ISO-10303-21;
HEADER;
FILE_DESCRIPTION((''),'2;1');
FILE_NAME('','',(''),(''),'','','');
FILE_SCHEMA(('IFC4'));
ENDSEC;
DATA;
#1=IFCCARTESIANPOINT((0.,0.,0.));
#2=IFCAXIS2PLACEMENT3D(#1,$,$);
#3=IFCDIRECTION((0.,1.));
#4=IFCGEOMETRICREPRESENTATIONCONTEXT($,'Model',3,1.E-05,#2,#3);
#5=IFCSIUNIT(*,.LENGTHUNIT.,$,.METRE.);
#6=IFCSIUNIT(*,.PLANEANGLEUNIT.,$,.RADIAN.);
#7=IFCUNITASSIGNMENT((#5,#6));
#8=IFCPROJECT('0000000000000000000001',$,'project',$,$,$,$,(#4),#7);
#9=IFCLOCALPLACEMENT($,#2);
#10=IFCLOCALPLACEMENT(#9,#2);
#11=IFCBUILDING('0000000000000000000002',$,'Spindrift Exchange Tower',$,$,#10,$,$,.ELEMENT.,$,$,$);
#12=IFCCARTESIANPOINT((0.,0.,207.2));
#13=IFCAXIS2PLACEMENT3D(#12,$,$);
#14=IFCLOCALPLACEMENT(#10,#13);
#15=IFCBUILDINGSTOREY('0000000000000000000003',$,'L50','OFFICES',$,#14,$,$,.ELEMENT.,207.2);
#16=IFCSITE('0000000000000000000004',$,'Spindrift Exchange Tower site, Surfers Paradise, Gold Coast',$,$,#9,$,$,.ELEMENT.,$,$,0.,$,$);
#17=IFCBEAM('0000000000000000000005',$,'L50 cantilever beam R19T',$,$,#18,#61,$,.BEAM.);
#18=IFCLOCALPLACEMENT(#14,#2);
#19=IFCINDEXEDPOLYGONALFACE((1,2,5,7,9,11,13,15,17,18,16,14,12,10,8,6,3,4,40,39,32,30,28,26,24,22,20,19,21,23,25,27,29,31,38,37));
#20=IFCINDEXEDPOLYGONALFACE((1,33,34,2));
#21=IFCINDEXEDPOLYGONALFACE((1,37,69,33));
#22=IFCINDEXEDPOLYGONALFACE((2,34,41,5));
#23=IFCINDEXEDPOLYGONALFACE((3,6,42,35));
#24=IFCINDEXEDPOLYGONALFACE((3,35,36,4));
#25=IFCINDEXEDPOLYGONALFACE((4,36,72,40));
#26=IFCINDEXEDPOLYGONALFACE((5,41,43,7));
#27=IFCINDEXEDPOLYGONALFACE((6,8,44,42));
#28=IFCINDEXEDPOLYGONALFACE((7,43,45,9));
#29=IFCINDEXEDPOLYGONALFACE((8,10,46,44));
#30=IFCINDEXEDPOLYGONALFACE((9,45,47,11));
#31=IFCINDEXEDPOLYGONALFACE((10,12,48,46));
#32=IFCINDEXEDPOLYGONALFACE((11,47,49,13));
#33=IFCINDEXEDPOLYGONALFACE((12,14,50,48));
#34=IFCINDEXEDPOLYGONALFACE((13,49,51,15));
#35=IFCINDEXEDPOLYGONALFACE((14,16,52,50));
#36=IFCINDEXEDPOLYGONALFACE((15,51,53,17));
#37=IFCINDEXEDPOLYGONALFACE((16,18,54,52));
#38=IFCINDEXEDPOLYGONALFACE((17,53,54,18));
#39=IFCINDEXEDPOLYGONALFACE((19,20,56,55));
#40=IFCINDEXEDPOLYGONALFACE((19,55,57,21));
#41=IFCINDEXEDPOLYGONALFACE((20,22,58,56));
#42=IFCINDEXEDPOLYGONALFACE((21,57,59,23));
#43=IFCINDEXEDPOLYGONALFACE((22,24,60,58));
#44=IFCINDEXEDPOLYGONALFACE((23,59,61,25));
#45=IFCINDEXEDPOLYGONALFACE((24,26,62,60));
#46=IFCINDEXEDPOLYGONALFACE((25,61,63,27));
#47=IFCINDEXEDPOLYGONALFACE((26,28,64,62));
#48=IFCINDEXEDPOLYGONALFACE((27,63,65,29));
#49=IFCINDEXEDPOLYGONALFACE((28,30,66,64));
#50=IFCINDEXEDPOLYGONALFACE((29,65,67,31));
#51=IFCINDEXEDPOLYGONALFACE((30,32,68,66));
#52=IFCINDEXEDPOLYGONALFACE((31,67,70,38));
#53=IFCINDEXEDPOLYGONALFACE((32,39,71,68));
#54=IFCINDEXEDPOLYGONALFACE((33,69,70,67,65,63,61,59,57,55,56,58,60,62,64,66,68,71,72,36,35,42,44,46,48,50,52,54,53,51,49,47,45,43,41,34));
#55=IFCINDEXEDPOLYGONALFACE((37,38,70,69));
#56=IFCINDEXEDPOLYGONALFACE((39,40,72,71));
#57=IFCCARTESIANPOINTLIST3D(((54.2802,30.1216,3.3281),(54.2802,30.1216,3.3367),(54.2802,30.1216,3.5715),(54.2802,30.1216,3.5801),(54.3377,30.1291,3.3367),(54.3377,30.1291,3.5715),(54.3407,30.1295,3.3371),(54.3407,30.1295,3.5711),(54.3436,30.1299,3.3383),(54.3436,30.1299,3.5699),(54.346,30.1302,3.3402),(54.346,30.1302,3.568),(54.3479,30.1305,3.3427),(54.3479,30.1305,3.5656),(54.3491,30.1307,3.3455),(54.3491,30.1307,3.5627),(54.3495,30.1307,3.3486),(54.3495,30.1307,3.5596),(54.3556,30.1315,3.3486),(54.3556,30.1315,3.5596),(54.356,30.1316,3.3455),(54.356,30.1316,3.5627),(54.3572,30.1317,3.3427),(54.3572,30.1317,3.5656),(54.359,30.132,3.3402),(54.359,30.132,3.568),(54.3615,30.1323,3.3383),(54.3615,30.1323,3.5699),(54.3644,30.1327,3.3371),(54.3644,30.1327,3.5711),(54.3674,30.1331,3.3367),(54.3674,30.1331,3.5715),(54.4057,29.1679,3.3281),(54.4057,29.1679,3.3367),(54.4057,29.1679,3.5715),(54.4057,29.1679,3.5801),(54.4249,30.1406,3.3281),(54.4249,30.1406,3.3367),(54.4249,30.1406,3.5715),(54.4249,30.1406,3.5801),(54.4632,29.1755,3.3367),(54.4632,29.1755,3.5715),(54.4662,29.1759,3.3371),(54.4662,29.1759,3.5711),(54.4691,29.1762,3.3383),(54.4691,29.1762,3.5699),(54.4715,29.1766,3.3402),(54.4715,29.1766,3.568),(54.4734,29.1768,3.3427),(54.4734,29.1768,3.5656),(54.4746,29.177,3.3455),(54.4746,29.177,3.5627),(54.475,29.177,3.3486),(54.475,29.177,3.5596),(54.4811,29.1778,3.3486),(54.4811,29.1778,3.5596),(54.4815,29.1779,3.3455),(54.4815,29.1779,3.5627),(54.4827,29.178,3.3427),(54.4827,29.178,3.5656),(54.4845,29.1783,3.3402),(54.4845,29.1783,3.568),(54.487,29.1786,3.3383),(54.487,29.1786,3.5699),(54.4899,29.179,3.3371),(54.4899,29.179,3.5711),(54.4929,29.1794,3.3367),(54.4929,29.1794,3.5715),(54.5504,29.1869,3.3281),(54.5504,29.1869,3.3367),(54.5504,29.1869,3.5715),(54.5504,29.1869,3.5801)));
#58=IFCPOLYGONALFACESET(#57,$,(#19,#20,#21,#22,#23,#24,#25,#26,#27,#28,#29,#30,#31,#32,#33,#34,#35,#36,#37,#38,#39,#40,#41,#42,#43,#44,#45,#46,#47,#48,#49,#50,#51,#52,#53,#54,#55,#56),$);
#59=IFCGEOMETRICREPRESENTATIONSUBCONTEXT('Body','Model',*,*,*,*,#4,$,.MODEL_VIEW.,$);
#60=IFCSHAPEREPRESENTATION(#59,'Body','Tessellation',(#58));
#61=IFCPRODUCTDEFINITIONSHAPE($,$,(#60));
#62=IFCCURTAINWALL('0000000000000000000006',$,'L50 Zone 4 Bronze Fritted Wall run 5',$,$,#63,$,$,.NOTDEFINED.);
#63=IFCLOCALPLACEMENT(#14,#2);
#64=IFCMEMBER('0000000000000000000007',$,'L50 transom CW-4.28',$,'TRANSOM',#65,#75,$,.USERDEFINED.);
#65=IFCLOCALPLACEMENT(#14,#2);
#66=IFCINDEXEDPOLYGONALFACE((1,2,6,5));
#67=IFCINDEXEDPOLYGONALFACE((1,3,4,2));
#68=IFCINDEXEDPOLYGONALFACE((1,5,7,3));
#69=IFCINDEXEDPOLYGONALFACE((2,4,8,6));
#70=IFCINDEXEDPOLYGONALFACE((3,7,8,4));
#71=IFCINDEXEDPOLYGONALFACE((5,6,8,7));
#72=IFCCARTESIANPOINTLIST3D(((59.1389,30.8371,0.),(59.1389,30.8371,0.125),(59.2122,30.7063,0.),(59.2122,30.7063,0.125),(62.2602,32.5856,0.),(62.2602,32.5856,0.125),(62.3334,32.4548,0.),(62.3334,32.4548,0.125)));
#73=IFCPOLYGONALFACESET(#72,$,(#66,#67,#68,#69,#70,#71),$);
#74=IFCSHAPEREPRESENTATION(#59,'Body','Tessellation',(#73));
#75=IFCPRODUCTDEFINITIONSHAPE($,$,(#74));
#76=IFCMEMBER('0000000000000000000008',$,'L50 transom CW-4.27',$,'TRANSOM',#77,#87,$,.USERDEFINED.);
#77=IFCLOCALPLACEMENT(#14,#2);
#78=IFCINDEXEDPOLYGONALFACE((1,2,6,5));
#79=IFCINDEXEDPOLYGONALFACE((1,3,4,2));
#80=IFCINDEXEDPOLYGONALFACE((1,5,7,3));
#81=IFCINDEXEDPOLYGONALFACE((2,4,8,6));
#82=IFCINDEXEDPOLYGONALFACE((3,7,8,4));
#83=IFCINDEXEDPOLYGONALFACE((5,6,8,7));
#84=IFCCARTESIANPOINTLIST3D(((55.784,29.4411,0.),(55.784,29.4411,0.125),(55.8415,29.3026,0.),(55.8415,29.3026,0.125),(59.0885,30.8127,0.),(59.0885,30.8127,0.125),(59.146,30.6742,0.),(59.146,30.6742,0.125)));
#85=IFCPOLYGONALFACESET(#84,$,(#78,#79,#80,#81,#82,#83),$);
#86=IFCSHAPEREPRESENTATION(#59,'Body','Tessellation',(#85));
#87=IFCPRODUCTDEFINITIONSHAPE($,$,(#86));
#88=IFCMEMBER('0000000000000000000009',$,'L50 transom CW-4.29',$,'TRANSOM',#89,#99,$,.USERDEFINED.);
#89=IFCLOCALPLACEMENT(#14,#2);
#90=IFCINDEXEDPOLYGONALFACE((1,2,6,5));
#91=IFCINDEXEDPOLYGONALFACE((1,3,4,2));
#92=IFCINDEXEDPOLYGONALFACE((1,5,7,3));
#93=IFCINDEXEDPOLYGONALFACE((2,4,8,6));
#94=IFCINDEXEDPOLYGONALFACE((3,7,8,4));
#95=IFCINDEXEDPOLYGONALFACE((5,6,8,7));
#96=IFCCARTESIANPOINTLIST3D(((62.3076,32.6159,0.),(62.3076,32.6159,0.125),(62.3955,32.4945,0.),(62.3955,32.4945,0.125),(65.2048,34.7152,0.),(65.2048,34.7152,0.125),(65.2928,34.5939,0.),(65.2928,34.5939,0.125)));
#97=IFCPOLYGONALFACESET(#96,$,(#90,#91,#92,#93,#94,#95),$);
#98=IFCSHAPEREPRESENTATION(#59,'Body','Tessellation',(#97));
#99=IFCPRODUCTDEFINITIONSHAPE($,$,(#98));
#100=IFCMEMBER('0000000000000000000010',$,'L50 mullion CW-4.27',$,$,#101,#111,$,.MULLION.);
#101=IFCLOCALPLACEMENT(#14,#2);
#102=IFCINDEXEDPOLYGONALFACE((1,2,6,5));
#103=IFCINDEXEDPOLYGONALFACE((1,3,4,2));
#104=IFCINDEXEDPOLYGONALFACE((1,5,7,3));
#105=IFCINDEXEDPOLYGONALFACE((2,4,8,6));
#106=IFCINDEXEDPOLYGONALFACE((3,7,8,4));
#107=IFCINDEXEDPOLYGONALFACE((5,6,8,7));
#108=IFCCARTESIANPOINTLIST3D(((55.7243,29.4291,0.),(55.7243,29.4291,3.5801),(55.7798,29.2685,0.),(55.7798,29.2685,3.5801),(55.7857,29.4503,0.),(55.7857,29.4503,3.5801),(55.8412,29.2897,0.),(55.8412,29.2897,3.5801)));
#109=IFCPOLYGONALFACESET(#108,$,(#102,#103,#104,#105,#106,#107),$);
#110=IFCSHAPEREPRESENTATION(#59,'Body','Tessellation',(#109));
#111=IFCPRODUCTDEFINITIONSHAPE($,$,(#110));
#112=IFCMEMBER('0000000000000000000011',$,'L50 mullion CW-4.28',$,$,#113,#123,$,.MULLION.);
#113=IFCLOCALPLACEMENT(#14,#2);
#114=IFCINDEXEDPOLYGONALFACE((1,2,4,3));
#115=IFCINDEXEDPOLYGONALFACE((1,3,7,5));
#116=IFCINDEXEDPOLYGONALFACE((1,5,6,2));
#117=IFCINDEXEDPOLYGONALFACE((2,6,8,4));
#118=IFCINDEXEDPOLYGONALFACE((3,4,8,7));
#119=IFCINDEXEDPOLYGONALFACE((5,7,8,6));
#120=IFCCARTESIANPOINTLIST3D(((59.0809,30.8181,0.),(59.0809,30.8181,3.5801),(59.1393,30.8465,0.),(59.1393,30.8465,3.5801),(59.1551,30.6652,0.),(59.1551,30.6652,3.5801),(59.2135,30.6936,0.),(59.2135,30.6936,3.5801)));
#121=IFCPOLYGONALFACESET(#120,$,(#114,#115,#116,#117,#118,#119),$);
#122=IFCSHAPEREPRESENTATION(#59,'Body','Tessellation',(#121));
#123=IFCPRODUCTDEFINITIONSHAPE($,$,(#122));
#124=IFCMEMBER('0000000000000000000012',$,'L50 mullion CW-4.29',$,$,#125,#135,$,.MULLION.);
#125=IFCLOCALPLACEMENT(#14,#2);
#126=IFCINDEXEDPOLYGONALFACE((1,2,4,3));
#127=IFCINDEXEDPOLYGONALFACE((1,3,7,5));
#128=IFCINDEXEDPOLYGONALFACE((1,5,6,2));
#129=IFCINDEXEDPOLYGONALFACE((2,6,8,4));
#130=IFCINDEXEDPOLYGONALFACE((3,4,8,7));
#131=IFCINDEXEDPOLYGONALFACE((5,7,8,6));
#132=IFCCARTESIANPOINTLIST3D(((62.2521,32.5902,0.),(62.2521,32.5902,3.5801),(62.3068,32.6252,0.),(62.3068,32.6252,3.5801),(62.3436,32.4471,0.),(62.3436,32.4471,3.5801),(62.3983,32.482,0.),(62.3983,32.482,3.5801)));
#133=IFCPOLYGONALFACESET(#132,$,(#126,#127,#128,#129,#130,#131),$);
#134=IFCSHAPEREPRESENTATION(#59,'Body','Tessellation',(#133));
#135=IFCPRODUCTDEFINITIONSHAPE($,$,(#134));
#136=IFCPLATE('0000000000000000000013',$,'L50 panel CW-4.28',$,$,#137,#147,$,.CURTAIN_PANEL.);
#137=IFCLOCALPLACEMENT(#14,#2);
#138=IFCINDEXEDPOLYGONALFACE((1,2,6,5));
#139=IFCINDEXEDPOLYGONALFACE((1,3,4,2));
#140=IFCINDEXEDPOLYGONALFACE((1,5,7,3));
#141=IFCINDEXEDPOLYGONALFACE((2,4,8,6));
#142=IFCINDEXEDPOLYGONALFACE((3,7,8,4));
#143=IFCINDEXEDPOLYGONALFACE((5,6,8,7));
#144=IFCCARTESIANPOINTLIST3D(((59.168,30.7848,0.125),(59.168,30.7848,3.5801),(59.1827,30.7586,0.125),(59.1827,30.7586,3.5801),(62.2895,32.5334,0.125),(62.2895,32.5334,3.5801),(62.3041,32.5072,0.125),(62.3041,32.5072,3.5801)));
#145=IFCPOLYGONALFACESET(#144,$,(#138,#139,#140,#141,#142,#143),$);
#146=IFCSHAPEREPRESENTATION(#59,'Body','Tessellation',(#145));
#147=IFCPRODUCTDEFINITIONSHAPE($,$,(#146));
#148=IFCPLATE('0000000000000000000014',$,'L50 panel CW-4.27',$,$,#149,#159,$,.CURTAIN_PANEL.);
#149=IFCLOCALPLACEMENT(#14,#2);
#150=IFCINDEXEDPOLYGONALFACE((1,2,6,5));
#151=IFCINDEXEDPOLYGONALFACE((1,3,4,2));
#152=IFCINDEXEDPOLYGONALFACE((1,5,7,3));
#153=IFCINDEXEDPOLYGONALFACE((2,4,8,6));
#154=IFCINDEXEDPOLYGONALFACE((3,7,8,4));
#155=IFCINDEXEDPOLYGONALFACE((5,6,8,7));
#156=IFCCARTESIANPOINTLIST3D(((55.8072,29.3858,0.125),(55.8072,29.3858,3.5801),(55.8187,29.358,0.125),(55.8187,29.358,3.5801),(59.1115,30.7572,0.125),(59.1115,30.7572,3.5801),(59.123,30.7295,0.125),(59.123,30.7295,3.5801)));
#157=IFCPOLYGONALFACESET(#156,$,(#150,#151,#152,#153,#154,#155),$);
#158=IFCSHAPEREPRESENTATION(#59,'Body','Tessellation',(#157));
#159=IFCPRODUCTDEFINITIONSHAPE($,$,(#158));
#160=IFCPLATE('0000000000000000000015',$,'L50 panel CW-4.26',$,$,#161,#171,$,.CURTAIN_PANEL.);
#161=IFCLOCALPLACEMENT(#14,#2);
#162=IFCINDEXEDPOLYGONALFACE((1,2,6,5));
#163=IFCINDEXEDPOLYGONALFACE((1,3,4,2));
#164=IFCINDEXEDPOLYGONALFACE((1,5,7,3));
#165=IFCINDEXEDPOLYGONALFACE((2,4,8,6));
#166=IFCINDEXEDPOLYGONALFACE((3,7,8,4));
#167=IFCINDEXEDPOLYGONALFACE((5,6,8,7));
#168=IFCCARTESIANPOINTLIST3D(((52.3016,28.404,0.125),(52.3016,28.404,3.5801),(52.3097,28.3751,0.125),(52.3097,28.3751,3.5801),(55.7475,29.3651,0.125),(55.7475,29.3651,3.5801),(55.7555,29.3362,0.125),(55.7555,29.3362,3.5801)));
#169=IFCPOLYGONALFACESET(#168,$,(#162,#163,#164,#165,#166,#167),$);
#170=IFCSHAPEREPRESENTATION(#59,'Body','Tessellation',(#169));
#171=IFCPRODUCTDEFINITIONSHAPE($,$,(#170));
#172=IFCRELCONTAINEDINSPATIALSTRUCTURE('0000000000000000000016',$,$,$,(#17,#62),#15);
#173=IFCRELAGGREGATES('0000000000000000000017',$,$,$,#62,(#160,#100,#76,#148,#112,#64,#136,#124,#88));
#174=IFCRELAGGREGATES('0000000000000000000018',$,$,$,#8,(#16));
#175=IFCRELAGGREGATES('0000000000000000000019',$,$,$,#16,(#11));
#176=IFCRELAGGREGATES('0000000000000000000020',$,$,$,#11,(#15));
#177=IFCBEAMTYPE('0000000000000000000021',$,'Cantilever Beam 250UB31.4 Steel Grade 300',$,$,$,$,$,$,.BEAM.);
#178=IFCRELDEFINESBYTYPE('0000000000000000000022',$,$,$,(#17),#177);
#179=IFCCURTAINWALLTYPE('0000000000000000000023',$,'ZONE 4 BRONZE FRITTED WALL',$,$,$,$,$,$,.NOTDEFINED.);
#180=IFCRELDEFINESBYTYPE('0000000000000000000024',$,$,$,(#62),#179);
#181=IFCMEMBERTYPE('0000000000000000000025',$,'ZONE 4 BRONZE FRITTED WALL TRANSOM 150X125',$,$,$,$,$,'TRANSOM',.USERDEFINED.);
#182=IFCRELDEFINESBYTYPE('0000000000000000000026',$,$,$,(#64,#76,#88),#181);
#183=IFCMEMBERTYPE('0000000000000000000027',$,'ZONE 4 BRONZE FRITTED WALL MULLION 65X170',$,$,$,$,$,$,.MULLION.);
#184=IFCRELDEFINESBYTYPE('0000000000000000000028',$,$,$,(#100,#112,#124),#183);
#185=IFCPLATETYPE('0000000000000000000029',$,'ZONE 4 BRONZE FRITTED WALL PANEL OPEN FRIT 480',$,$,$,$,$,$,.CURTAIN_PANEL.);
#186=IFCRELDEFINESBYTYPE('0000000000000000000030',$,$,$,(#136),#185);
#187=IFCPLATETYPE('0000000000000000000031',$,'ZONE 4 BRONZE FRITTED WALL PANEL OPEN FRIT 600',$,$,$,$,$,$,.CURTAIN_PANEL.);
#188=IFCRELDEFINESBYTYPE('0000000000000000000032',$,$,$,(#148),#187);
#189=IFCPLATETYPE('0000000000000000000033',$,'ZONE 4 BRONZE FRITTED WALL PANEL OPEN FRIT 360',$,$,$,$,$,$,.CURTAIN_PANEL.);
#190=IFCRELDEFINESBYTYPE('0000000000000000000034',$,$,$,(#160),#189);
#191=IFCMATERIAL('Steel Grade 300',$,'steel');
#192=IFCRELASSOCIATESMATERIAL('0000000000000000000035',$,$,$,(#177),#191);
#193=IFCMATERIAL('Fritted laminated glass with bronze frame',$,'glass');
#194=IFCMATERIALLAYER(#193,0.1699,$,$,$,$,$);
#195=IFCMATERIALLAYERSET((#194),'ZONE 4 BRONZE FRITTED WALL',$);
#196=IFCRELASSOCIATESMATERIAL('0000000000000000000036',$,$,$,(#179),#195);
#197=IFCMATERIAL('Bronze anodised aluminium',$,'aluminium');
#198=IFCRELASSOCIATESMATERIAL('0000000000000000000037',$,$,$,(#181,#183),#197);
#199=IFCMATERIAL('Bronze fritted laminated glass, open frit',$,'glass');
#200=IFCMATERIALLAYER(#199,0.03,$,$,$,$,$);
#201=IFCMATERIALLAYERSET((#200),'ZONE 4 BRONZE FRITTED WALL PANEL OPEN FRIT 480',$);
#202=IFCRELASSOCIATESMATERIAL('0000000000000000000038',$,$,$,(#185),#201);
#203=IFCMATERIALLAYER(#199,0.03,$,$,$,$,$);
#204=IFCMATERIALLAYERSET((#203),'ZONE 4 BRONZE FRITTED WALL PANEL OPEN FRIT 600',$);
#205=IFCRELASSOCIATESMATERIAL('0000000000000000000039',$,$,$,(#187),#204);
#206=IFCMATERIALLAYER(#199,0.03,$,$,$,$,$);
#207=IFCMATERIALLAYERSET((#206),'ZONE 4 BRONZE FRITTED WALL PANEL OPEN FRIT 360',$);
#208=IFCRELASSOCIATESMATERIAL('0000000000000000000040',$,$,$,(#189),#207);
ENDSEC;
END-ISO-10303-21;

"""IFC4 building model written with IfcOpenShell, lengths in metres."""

from ifc_helpers import new_model, si_unit, direction, frame, origin, origin_2d, place, context, subcontext, project, spatial, rectangle, i_section, extrude, source, transform, mapped, material, layer, layer_set, material_profile, profile_set, type_object, element, aggregate, save


model = new_model("IFC4")

# Units and contexts
model_context = context("Model", 3, precision=1e-05, world=origin(), true_north=direction((0.0, 1.0)))
body_context = subcontext(model_context, "Body", "Model", "MODEL_VIEW")
ifc_project = project(units=[si_unit("LENGTHUNIT", "METRE"), si_unit("PLANEANGLEUNIT", "RADIAN")], contexts=[model_context])

# Site, building, storey
site_placement = place(None, origin())
site = spatial("IfcSite", under=ifc_project, at=site_placement, Name="Spindrift Exchange Tower site, Surfers Paradise, Gold Coast", CompositionType="ELEMENT", RefElevation=0.0)
building_placement = place(site_placement, origin())
building = spatial("IfcBuilding", under=site, at=building_placement, Name="Spindrift Exchange Tower", CompositionType="ELEMENT")
storey_placement = place(building_placement, frame((0.0, 0.0, 207.2)))
storey = spatial("IfcBuildingStorey", under=building, at=storey_placement, Name="L50", Description="OFFICES", CompositionType="ELEMENT", Elevation=207.2)

# Beam
ifc_material_1 = material(Name="Steel Grade 300", Category="steel")
ifc_material_profile_1 = material_profile(ifc_material_1, i_section(OverallWidth=0.146, OverallDepth=0.252, WebThickness=0.0061, FlangeThickness=0.0085, FilletRadius=0.012, at=origin_2d()), Name="250UB31.4")
ifc_profile_set_1 = profile_set([ifc_material_profile_1], Name="Steel Grade 300")
beam_type_1 = type_object("IfcBeamType", Name="Cantilever Beam 250UB31.4 Steel Grade 300", PredefinedType="BEAM", material=ifc_profile_set_1)
shared_shape_1 = source(origin(), body_context, "Body", "SweptSolid", [
    extrude(i_section(OverallWidth=0.146, OverallDepth=0.252, WebThickness=0.0061, FlangeThickness=0.0085, FilletRadius=0.012, at=origin_2d()), origin(), (0.0, 0.0, 1.0), 0.9619),
])
beam_1_placement = place(storey_placement, frame((54.3525, 30.1311, 3.4541), z_axis=(0.130468, -0.991453, 0.0), x_axis=(0.991453, 0.130468, 0.0)))
element("IfcBeam", 1, at=beam_1_placement, inside=storey, type_object=beam_type_1, Name="L50 cantilever beam R19T", PredefinedType="BEAM", context=body_context, shape_type="MappedRepresentation", body=[
    mapped(shared_shape_1, transform((0.0, 0.0, 0.0), scale=1.0)),
])

# Curtain wall, members, plates
ifc_material_2 = material(Name="Fritted laminated glass with bronze frame", Category="glass")
ifc_layer_1 = layer(ifc_material_2, 0.1699)
ifc_layer_set_1 = layer_set([ifc_layer_1], Name="ZONE 4 BRONZE FRITTED WALL")
curtain_wall_type = type_object("IfcCurtainWallType", Name="ZONE 4 BRONZE FRITTED WALL", PredefinedType="NOTDEFINED", material=ifc_layer_set_1)
curtain_wall_placement = place(storey_placement, origin())
curtain_wall = element("IfcCurtainWall", 2, at=curtain_wall_placement, inside=storey, type_object=curtain_wall_type, Name="L50 Zone 4 Bronze Fritted Wall run 5", PredefinedType="NOTDEFINED")
ifc_material_3 = material(Name="Bronze anodised aluminium", Category="aluminium")
ifc_material_profile_2 = material_profile(ifc_material_3, rectangle(XDim=0.1499, YDim=0.125, at=origin_2d()), Name="ZONE 4 BRONZE FRITTED WALL TRANSOM 150X125")
ifc_profile_set_2 = profile_set([ifc_material_profile_2], Name="Bronze anodised aluminium")
member_type_1 = type_object("IfcMemberType", Name="ZONE 4 BRONZE FRITTED WALL TRANSOM 150X125", ElementType="TRANSOM", PredefinedType="USERDEFINED", material=ifc_profile_set_2)
shared_shape_2 = source(origin(), body_context, "Body", "SweptSolid", [
    extrude(rectangle(XDim=0.1499, YDim=0.125, at=origin_2d()), origin(), (0.0, 0.0, 1.0), 3.5776),
])
member_1_placement = place(storey_placement, frame((59.1755, 30.7717, 0.0625), z_axis=(0.872436, 0.488728, 0.0), x_axis=(-0.488728, 0.872436, 0.0)))
member_1 = element("IfcMember", 3, at=member_1_placement, type_object=member_type_1, Name="L50 transom CW-4.28", ObjectType="TRANSOM", PredefinedType="USERDEFINED", context=body_context, shape_type="MappedRepresentation", body=[
    mapped(shared_shape_2, transform((0.0, 0.0, 0.0), scale=1.0)),
])
shared_shape_3 = source(origin(), body_context, "Body", "SweptSolid", [
    extrude(rectangle(XDim=0.1499, YDim=0.125, at=origin_2d()), origin(), (0.0, 0.0, 1.0), 3.5779),
])
member_2_placement = place(storey_placement, frame((55.8127, 29.3718, 0.0625), z_axis=(0.923599, 0.38336, 0.0), x_axis=(-0.38336, 0.923599, 0.0)))
member_2 = element("IfcMember", 4, at=member_2_placement, type_object=member_type_1, Name="L50 transom CW-4.27", ObjectType="TRANSOM", PredefinedType="USERDEFINED", context=body_context, shape_type="MappedRepresentation", body=[
    mapped(shared_shape_3, transform((0.0, 0.0, 0.0), scale=1.0)),
])
member_3_placement = place(storey_placement, frame((62.3516, 32.5552, 0.0625), z_axis=(0.809759, 0.586763, 0.0), x_axis=(-0.586763, 0.809759, 0.0)))
member_3 = element("IfcMember", 5, at=member_3_placement, type_object=member_type_1, Name="L50 transom CW-4.29", ObjectType="TRANSOM", PredefinedType="USERDEFINED", context=body_context, shape_type="MappedRepresentation", body=[
    mapped(shared_shape_3, transform((0.0, 0.0, 0.0), scale=1.0)),
])
ifc_material_profile_3 = material_profile(ifc_material_3, rectangle(XDim=0.0649, YDim=0.1699, at=origin_2d()), Name="ZONE 4 BRONZE FRITTED WALL MULLION 65X170")
ifc_profile_set_3 = profile_set([ifc_material_profile_3], Name="Bronze anodised aluminium")
member_type_2 = type_object("IfcMemberType", Name="ZONE 4 BRONZE FRITTED WALL MULLION 65X170", PredefinedType="MULLION", material=ifc_profile_set_3)
shared_shape_4 = source(origin(), body_context, "Body", "SweptSolid", [
    extrude(rectangle(XDim=0.0649, YDim=0.1699, at=origin_2d()), origin(), (0.0, 0.0, 1.0), 3.5801),
])
member_4_placement = place(storey_placement, frame((55.7827, 29.3594, 0.0), z_axis=(0.0, 0.0, 1.0), x_axis=(0.945161, 0.326604, 0.0)))
member_4 = element("IfcMember", 6, at=member_4_placement, type_object=member_type_2, Name="L50 mullion CW-4.27", PredefinedType="MULLION", context=body_context, shape_type="MappedRepresentation", body=[
    mapped(shared_shape_4, transform((0.0, 0.0, 0.0), scale=1.0)),
])
member_5_placement = place(storey_placement, frame((59.1472, 30.7559, 0.0), z_axis=(0.0, 0.0, 1.0), x_axis=(0.899562, 0.436793, 0.0)))
member_5 = element("IfcMember", 7, at=member_5_placement, type_object=member_type_2, Name="L50 mullion CW-4.28", PredefinedType="MULLION", context=body_context, shape_type="MappedRepresentation", body=[
    mapped(shared_shape_4, transform((0.0, 0.0, 0.0), scale=1.0)),
])
member_6_placement = place(storey_placement, frame((62.3252, 32.5361, 0.0), z_axis=(0.0, 0.0, 1.0), x_axis=(0.842518, 0.538668, 0.0)))
member_6 = element("IfcMember", 8, at=member_6_placement, type_object=member_type_2, Name="L50 mullion CW-4.29", PredefinedType="MULLION", context=body_context, shape_type="MappedRepresentation", body=[
    mapped(shared_shape_4, transform((0.0, 0.0, 0.0), scale=1.0)),
])
ifc_material_4 = material(Name="Bronze fritted laminated glass, open frit", Category="glass")
ifc_layer_2 = layer(ifc_material_4, 0.03)
ifc_layer_set_2 = layer_set([ifc_layer_2], Name="ZONE 4 BRONZE FRITTED WALL PANEL OPEN FRIT 480")
plate_type_1 = type_object("IfcPlateType", Name="ZONE 4 BRONZE FRITTED WALL PANEL OPEN FRIT 480", PredefinedType="CURTAIN_PANEL", material=ifc_layer_set_2)
shared_shape_5 = source(origin(), body_context, "Body", "SweptSolid", [
    extrude(rectangle(XDim=3.5779, YDim=0.03, at=origin_2d()), origin(), (0.0, 0.0, 1.0), 3.4551),
])
plate_1_placement = place(storey_placement, frame((60.7361, 31.646, 0.125), z_axis=(0.0, 0.0, 1.0), x_axis=(0.872429, 0.488742, 0.0)))
plate_1 = element("IfcPlate", 9, at=plate_1_placement, type_object=plate_type_1, Name="L50 panel CW-4.28", PredefinedType="CURTAIN_PANEL", context=body_context, shape_type="MappedRepresentation", body=[
    mapped(shared_shape_5, transform((0.0, 0.0, 0.0), scale=1.0)),
])
ifc_layer_3 = layer(ifc_material_4, 0.03)
ifc_layer_set_3 = layer_set([ifc_layer_3], Name="ZONE 4 BRONZE FRITTED WALL PANEL OPEN FRIT 600")
plate_type_2 = type_object("IfcPlateType", Name="ZONE 4 BRONZE FRITTED WALL PANEL OPEN FRIT 600", PredefinedType="CURTAIN_PANEL", material=ifc_layer_set_3)
shared_shape_6 = source(origin(), body_context, "Body", "SweptSolid", [
    extrude(rectangle(XDim=3.5776, YDim=0.03, at=origin_2d()), origin(), (0.0, 0.0, 1.0), 3.4551),
])
plate_2_placement = place(storey_placement, frame((57.4651, 30.0576, 0.125), z_axis=(0.0, 0.0, 1.0), x_axis=(0.923605, 0.383344, 0.0)))
plate_2 = element("IfcPlate", 10, at=plate_2_placement, type_object=plate_type_2, Name="L50 panel CW-4.27", PredefinedType="CURTAIN_PANEL", context=body_context, shape_type="MappedRepresentation", body=[
    mapped(shared_shape_6, transform((0.0, 0.0, 0.0), scale=1.0)),
])
ifc_layer_4 = layer(ifc_material_4, 0.03)
ifc_layer_set_4 = layer_set([ifc_layer_4], Name="ZONE 4 BRONZE FRITTED WALL PANEL OPEN FRIT 360")
plate_type_3 = type_object("IfcPlateType", Name="ZONE 4 BRONZE FRITTED WALL PANEL OPEN FRIT 360", PredefinedType="CURTAIN_PANEL", material=ifc_layer_set_4)
shared_shape_7 = source(origin(), body_context, "Body", "SweptSolid", [
    extrude(rectangle(XDim=3.5774, YDim=0.03, at=origin_2d()), origin(), (0.0, 0.0, 1.0), 3.4551),
])
plate_3_placement = place(storey_placement, frame((54.0286, 28.8701, 0.125), z_axis=(0.0, 0.0, 1.0), x_axis=(0.963235, 0.268661, 0.0)))
plate_3 = element("IfcPlate", 11, at=plate_3_placement, type_object=plate_type_3, Name="L50 panel CW-4.26", PredefinedType="CURTAIN_PANEL", context=body_context, shape_type="MappedRepresentation", body=[
    mapped(shared_shape_7, transform((0.0, 0.0, 0.0), scale=1.0)),
])
aggregate(curtain_wall, [plate_3, member_4, member_2, plate_2, member_5, member_1, plate_1, member_6, member_3])

save(model, "model.ifc")
